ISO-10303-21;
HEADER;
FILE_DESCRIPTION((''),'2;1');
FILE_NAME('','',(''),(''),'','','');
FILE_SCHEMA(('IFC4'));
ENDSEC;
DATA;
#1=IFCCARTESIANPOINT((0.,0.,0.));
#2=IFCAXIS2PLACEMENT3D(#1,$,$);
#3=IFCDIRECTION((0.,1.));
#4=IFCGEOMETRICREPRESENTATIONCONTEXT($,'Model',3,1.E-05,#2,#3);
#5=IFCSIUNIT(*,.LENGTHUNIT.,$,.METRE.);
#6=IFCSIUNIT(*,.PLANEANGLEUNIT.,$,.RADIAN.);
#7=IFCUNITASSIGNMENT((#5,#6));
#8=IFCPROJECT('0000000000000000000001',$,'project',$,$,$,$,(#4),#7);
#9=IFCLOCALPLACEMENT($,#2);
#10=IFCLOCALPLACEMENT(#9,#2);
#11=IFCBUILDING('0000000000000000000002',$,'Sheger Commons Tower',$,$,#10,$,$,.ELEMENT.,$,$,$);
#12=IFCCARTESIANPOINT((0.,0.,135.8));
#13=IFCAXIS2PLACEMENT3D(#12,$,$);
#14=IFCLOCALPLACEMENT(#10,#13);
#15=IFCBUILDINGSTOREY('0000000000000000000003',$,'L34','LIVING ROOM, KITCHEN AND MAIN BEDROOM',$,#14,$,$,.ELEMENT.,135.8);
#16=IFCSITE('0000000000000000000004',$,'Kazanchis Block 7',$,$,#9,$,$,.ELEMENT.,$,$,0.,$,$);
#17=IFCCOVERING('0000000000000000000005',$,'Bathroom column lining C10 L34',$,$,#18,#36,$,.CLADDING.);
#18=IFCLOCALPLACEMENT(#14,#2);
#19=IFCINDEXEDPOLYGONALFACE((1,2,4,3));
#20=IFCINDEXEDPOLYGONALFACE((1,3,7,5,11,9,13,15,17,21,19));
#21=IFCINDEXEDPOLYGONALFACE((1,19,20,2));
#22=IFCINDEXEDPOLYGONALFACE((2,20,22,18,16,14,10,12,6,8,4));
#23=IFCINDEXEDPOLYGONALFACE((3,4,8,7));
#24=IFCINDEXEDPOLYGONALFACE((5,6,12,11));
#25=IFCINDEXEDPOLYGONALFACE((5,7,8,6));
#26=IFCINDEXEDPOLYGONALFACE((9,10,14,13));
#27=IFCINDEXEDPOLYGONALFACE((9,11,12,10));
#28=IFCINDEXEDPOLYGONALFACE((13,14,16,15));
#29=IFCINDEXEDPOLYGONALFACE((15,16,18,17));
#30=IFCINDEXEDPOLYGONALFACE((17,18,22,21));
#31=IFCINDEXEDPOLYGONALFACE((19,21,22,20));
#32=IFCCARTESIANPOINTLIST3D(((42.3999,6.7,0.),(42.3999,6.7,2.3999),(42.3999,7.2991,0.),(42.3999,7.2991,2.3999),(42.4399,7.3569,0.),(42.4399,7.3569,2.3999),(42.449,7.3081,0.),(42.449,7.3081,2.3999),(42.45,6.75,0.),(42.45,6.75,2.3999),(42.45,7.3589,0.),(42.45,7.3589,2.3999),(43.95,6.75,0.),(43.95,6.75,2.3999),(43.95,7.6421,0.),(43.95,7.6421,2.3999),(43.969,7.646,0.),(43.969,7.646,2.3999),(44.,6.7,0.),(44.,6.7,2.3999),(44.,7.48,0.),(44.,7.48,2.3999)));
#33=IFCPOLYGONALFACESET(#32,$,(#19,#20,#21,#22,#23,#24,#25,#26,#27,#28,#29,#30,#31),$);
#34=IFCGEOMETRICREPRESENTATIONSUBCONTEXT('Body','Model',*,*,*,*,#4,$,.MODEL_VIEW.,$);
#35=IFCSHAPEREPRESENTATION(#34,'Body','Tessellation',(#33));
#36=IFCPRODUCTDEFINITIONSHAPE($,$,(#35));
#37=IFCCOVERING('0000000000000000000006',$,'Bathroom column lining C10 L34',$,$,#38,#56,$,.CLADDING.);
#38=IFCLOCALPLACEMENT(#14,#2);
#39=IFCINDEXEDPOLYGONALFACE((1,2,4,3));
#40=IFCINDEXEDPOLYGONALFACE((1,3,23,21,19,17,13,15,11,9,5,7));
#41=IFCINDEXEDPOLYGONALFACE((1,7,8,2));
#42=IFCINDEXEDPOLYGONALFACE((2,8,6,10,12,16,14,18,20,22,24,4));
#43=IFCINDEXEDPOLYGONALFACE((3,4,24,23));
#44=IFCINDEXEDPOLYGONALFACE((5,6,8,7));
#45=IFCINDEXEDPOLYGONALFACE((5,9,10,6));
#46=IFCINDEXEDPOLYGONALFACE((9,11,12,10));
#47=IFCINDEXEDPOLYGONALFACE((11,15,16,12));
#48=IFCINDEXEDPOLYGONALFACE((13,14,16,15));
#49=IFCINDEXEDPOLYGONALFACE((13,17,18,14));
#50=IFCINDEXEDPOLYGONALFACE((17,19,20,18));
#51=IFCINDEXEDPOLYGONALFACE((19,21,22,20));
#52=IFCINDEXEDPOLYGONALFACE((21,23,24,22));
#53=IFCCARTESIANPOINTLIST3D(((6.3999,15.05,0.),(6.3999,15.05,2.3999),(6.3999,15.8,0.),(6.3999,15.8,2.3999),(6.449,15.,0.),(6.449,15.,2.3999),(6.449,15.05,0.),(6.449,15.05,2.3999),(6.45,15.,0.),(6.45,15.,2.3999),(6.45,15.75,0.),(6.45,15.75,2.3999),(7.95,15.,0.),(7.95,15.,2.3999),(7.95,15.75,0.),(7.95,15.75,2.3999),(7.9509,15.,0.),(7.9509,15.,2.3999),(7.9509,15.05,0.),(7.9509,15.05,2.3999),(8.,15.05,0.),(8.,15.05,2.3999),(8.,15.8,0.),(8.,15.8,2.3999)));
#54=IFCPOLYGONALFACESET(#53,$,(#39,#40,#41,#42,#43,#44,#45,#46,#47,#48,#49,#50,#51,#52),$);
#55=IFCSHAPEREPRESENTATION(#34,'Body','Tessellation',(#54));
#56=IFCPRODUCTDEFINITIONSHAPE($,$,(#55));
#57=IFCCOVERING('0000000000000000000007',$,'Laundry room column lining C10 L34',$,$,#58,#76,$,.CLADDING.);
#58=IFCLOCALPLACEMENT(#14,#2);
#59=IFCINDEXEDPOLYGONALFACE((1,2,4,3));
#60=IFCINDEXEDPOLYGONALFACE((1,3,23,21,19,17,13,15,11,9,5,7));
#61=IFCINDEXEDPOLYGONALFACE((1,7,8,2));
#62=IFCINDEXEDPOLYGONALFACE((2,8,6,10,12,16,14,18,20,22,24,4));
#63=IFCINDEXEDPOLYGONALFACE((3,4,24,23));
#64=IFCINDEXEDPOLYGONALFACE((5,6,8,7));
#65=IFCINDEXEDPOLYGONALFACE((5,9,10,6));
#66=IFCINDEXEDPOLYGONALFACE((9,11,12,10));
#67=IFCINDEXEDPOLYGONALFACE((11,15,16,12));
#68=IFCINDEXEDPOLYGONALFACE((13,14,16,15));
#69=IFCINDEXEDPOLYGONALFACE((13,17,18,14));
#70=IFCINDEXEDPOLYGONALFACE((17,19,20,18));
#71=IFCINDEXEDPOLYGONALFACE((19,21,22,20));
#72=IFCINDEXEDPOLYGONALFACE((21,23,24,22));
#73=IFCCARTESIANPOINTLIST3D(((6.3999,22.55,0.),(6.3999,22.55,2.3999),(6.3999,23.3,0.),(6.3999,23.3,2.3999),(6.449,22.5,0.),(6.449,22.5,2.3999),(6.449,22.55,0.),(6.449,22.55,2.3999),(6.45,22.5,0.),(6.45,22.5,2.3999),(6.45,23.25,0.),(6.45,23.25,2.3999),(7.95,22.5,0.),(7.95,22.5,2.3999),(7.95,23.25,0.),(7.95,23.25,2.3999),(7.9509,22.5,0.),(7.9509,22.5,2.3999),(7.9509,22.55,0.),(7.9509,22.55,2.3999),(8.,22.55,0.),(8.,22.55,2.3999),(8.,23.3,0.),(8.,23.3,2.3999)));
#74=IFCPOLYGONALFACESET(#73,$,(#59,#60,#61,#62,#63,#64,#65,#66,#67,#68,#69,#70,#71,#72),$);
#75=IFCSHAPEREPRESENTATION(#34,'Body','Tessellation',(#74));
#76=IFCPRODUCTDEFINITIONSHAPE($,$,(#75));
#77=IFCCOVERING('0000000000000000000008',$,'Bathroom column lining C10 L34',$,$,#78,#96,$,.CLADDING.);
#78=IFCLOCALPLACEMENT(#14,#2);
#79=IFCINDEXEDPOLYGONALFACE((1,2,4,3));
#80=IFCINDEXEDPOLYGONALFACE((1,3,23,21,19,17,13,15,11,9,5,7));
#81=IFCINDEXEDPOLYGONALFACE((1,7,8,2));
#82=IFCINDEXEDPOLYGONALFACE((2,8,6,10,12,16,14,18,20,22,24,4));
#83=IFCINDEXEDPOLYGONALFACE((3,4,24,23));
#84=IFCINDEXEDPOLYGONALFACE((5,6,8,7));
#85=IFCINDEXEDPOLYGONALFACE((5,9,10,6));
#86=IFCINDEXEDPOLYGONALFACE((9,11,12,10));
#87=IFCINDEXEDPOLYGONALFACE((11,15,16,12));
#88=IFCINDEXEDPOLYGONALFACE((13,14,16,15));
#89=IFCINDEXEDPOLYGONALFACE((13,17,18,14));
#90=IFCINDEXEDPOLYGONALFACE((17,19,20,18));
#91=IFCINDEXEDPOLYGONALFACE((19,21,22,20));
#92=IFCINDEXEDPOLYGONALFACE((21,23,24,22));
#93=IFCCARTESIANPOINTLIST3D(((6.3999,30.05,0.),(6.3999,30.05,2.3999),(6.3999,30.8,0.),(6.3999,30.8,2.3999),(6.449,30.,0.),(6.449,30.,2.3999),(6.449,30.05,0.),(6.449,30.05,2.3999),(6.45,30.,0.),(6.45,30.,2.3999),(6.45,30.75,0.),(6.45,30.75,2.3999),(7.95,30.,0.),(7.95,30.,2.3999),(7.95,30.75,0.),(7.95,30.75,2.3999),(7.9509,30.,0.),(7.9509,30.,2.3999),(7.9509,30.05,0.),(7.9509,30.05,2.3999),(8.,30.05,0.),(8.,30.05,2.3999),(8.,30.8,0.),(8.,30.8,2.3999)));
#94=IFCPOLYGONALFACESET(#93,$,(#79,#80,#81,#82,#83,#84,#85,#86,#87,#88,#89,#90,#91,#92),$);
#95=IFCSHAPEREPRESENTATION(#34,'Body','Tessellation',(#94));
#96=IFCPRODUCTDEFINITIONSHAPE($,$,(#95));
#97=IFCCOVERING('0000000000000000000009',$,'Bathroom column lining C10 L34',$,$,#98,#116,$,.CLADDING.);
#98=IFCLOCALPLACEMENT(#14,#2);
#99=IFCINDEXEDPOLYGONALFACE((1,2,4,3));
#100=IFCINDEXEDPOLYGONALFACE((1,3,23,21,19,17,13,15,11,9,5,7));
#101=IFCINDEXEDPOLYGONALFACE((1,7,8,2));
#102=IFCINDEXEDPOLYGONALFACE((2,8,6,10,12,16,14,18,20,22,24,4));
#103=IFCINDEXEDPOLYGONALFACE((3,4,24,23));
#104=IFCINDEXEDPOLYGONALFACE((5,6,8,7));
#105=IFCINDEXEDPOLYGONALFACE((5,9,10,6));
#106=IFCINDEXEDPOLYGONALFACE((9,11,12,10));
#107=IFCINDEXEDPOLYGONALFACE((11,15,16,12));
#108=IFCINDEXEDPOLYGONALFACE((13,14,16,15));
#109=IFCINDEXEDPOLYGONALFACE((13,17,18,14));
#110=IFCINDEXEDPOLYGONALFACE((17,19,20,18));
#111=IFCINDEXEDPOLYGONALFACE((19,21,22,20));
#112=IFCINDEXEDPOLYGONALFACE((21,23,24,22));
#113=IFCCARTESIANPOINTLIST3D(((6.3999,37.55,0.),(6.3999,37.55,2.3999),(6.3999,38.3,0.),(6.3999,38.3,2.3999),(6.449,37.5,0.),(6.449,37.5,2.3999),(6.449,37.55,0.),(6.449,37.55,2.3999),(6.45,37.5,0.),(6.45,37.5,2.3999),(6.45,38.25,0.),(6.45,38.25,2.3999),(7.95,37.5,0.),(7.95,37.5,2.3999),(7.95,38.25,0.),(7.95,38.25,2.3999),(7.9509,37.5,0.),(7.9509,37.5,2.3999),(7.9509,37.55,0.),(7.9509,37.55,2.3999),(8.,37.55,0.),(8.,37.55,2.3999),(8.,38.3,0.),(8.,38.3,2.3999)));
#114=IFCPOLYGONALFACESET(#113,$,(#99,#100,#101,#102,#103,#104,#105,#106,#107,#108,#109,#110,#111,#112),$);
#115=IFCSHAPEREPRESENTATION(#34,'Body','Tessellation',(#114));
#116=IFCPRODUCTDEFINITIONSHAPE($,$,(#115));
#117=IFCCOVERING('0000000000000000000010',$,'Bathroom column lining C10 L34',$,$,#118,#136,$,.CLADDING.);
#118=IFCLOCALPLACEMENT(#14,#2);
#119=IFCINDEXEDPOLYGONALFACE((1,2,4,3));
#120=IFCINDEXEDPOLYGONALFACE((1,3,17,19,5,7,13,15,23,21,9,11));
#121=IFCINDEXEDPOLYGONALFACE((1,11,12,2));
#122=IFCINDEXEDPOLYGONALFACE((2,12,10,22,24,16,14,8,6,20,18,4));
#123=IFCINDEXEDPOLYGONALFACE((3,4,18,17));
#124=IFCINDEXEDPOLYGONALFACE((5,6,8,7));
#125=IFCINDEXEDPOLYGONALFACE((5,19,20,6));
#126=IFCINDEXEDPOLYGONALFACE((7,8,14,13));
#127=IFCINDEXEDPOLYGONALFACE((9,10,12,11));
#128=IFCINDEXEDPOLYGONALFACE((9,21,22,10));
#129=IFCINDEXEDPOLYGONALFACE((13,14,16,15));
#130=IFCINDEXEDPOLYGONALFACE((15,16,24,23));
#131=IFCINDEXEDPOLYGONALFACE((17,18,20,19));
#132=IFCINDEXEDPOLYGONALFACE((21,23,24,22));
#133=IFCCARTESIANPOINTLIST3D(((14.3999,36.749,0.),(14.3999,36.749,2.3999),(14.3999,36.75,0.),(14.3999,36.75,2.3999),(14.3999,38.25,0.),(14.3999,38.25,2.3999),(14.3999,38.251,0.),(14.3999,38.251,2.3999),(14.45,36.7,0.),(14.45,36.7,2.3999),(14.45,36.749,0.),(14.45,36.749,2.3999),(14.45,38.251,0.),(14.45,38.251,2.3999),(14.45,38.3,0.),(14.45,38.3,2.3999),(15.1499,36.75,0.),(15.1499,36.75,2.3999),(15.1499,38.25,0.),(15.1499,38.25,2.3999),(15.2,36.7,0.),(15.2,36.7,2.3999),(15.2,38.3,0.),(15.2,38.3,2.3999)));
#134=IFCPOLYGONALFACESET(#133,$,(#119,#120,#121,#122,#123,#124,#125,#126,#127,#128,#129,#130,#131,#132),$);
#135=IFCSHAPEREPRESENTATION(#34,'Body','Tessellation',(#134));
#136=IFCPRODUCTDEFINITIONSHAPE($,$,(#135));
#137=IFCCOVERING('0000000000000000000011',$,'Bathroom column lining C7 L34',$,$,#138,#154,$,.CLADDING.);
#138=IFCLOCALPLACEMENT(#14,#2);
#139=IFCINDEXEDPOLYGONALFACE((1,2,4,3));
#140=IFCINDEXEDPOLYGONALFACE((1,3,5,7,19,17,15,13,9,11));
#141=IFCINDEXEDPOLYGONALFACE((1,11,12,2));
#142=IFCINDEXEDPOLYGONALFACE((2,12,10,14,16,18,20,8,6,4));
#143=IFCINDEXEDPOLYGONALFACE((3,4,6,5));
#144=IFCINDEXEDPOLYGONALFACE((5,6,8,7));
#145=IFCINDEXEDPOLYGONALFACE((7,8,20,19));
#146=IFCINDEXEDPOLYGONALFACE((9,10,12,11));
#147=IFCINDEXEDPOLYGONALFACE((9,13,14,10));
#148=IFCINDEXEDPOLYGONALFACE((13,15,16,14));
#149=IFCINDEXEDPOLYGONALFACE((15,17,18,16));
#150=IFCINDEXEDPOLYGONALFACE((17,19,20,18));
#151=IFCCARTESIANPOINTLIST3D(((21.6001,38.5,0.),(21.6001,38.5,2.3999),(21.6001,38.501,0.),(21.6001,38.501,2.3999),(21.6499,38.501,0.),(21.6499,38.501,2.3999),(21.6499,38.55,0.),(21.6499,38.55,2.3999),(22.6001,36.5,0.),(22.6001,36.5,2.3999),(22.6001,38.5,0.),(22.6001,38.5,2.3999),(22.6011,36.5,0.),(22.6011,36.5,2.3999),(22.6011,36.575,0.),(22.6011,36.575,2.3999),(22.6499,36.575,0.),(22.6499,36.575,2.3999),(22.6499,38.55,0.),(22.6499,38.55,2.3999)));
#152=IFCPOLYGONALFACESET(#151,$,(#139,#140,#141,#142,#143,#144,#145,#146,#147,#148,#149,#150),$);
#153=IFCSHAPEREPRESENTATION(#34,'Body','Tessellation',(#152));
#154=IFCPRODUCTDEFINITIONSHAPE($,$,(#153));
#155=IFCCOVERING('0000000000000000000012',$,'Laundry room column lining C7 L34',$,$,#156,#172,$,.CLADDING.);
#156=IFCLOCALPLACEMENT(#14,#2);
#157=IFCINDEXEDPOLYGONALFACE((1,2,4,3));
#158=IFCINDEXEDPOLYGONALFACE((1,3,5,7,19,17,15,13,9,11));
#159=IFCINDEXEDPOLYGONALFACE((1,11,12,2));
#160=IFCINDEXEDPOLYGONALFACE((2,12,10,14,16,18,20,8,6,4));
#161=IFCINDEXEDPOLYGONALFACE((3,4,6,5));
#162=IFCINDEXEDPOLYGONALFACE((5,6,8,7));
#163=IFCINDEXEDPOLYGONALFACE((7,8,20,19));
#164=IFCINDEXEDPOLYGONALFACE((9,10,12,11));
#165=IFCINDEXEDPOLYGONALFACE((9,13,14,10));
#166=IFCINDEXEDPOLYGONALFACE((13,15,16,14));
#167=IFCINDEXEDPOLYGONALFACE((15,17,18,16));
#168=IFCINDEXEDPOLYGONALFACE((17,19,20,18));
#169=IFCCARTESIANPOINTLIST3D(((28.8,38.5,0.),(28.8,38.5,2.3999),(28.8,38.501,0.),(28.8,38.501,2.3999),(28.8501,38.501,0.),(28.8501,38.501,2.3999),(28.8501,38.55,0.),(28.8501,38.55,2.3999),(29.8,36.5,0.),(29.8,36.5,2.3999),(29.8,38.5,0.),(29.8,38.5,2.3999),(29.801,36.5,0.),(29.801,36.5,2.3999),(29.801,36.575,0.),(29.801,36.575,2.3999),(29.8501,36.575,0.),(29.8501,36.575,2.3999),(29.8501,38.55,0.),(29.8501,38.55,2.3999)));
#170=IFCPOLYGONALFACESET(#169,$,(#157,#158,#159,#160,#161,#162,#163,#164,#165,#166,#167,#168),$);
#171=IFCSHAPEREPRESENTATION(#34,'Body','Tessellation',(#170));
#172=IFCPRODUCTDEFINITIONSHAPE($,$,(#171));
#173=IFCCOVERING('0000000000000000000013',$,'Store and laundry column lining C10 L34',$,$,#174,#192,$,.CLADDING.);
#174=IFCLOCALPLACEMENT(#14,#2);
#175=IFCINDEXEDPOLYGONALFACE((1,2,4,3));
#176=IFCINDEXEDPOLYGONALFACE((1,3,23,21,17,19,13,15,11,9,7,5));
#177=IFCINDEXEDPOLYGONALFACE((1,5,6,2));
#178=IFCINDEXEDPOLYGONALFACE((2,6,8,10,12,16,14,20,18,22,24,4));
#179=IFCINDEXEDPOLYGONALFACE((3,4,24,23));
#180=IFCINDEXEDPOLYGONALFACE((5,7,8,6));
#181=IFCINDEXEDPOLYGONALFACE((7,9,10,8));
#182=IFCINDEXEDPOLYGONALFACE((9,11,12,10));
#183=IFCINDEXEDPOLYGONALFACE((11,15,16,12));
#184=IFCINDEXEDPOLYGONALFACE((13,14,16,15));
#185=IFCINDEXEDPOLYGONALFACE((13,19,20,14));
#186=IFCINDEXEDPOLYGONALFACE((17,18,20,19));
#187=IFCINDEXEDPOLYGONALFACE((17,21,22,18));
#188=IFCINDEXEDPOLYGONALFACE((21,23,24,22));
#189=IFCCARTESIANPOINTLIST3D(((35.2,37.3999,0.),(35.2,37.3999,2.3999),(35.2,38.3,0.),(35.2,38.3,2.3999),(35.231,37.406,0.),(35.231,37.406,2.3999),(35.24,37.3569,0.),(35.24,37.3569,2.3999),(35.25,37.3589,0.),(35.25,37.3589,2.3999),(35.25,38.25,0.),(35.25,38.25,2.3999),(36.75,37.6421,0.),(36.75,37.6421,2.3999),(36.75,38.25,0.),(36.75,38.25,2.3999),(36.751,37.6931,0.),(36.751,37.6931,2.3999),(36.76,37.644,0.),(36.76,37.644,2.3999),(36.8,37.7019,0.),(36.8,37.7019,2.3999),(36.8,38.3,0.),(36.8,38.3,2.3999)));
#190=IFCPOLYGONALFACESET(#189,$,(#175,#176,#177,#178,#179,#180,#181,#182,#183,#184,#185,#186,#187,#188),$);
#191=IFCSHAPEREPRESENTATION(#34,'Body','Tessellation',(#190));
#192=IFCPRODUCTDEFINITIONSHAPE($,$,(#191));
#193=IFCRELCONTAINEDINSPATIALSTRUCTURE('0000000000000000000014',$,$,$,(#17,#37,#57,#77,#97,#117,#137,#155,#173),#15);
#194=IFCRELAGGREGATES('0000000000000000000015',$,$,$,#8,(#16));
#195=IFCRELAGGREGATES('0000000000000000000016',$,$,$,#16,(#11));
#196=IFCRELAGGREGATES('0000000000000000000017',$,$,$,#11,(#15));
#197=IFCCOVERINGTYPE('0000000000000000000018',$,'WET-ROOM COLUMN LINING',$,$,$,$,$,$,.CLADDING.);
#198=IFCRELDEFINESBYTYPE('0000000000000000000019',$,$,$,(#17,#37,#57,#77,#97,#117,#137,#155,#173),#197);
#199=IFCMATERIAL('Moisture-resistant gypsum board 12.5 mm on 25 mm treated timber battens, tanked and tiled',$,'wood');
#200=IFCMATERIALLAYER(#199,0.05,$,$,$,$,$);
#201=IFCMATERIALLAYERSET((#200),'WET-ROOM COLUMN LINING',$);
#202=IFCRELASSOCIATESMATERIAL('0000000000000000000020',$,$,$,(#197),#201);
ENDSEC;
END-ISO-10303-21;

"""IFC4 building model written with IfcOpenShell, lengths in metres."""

from ifc_helpers import new_model, si_unit, direction, frame, origin, place, context, subcontext, project, spatial, polyline, outline, extrude, material, layer, layer_set, type_object, element, save


model = new_model("IFC4")

# Units and contexts
model_context = context("Model", 3, precision=1e-05, world=origin(), true_north=direction((0.0, 1.0)))
body_context = subcontext(model_context, "Body", "Model", "MODEL_VIEW")
ifc_project = project(units=[si_unit("LENGTHUNIT", "METRE"), si_unit("PLANEANGLEUNIT", "RADIAN")], contexts=[model_context])

# Site, building, storey
site_placement = place(None, origin())
site = spatial("IfcSite", under=ifc_project, at=site_placement, Name="Kazanchis Block 7", CompositionType="ELEMENT", RefElevation=0.0)
building_placement = place(site_placement, origin())
building = spatial("IfcBuilding", under=site, at=building_placement, Name="Sheger Commons Tower", CompositionType="ELEMENT")
storey_placement = place(building_placement, frame((0.0, 0.0, 135.8)))
storey = spatial("IfcBuildingStorey", under=building, at=storey_placement, Name="L34", Description="LIVING ROOM, KITCHEN AND MAIN BEDROOM", CompositionType="ELEMENT", Elevation=135.8)

# Coverings
ifc_material_1 = material(Name="Moisture-resistant gypsum board 12.5 mm on 25 mm treated timber battens, tanked and tiled", Category="wood")
ifc_layer_1 = layer(ifc_material_1, 0.05)
ifc_layer_set_1 = layer_set([ifc_layer_1], Name="WET-ROOM COLUMN LINING")
covering_type_1 = type_object("IfcCoveringType", Name="WET-ROOM COLUMN LINING", PredefinedType="CLADDING", material=ifc_layer_set_1)
covering_1_placement = place(storey_placement, origin())
element("IfcCovering", 1, at=covering_1_placement, inside=storey, type_object=covering_type_1, Name="Bathroom column lining C10 L34", PredefinedType="CLADDING", context=body_context, shape_type="SweptSolid", body=[
    extrude(outline(polyline([(42.45, 7.3589), (42.45, 6.75), (43.95, 6.75), (43.95, 7.6421), (43.969, 7.646), (44.0, 7.48), (44.0, 6.7), (42.3999, 6.7), (42.3999, 7.2991), (42.449, 7.3081), (42.4399, 7.3569), (42.45, 7.3589)])), origin(), (0.0, 0.0, 1.0), 2.3999),
])
covering_2_placement = place(storey_placement, origin())
element("IfcCovering", 2, at=covering_2_placement, inside=storey, type_object=covering_type_1, Name="Bathroom column lining C10 L34", PredefinedType="CLADDING", context=body_context, shape_type="SweptSolid", body=[
    extrude(outline(polyline([(8.0, 15.8), (8.0, 15.05), (7.9509, 15.05), (7.9509, 15.0), (7.95, 15.0), (7.95, 15.75), (6.45, 15.75), (6.45, 15.0), (6.449, 15.0), (6.449, 15.05), (6.3999, 15.05), (6.3999, 15.8), (8.0, 15.8)])), origin(), (0.0, 0.0, 1.0), 2.3999),
])
covering_3_placement = place(storey_placement, origin())
element("IfcCovering", 3, at=covering_3_placement, inside=storey, type_object=covering_type_1, Name="Laundry room column lining C10 L34", PredefinedType="CLADDING", context=body_context, shape_type="SweptSolid", body=[
    extrude(outline(polyline([(8.0, 23.3), (8.0, 22.55), (7.9509, 22.55), (7.9509, 22.5), (7.95, 22.5), (7.95, 23.25), (6.45, 23.25), (6.45, 22.5), (6.449, 22.5), (6.449, 22.55), (6.3999, 22.55), (6.3999, 23.3), (8.0, 23.3)])), origin(), (0.0, 0.0, 1.0), 2.3999),
])
covering_4_placement = place(storey_placement, origin())
element("IfcCovering", 4, at=covering_4_placement, inside=storey, type_object=covering_type_1, Name="Bathroom column lining C10 L34", PredefinedType="CLADDING", context=body_context, shape_type="SweptSolid", body=[
    extrude(outline(polyline([(8.0, 30.8), (8.0, 30.05), (7.9509, 30.05), (7.9509, 30.0), (7.95, 30.0), (7.95, 30.75), (6.45, 30.75), (6.45, 30.0), (6.449, 30.0), (6.449, 30.05), (6.3999, 30.05), (6.3999, 30.8), (8.0, 30.8)])), origin(), (0.0, 0.0, 1.0), 2.3999),
])
covering_5_placement = place(storey_placement, origin())
element("IfcCovering", 5, at=covering_5_placement, inside=storey, type_object=covering_type_1, Name="Bathroom column lining C10 L34", PredefinedType="CLADDING", context=body_context, shape_type="SweptSolid", body=[
    extrude(outline(polyline([(8.0, 38.3), (8.0, 37.55), (7.9509, 37.55), (7.9509, 37.5), (7.95, 37.5), (7.95, 38.25), (6.45, 38.25), (6.45, 37.5), (6.449, 37.5), (6.449, 37.55), (6.3999, 37.55), (6.3999, 38.3), (8.0, 38.3)])), origin(), (0.0, 0.0, 1.0), 2.3999),
])
covering_6_placement = place(storey_placement, origin())
element("IfcCovering", 6, at=covering_6_placement, inside=storey, type_object=covering_type_1, Name="Bathroom column lining C10 L34", PredefinedType="CLADDING", context=body_context, shape_type="SweptSolid", body=[
    extrude(outline(polyline([(15.2, 36.7), (14.45, 36.7), (14.45, 36.749), (14.3999, 36.749), (14.3999, 36.75), (15.1499, 36.75), (15.1499, 38.25), (14.3999, 38.25), (14.3999, 38.251), (14.45, 38.251), (14.45, 38.3), (15.2, 38.3), (15.2, 36.7)])), origin(), (0.0, 0.0, 1.0), 2.3999),
])
covering_7_placement = place(storey_placement, origin())
element("IfcCovering", 7, at=covering_7_placement, inside=storey, type_object=covering_type_1, Name="Bathroom column lining C7 L34", PredefinedType="CLADDING", context=body_context, shape_type="SweptSolid", body=[
    extrude(outline(polyline([(22.6499, 36.575), (22.6011, 36.575), (22.6011, 36.5), (22.6001, 36.5), (22.6001, 38.5), (21.6001, 38.5), (21.6001, 38.501), (21.6499, 38.501), (21.6499, 38.55), (22.6499, 38.55), (22.6499, 36.575)])), origin(), (0.0, 0.0, 1.0), 2.3999),
])
covering_8_placement = place(storey_placement, origin())
element("IfcCovering", 8, at=covering_8_placement, inside=storey, type_object=covering_type_1, Name="Laundry room column lining C7 L34", PredefinedType="CLADDING", context=body_context, shape_type="SweptSolid", body=[
    extrude(outline(polyline([(29.8501, 36.575), (29.801, 36.575), (29.801, 36.5), (29.8, 36.5), (29.8, 38.5), (28.8, 38.5), (28.8, 38.501), (28.8501, 38.501), (28.8501, 38.55), (29.8501, 38.55), (29.8501, 36.575)])), origin(), (0.0, 0.0, 1.0), 2.3999),
])
covering_9_placement = place(storey_placement, origin())
element("IfcCovering", 9, at=covering_9_placement, inside=storey, type_object=covering_type_1, Name="Store and laundry column lining C10 L34", PredefinedType="CLADDING", context=body_context, shape_type="SweptSolid", body=[
    extrude(outline(polyline([(36.8, 38.3), (36.8, 37.7019), (36.751, 37.6931), (36.76, 37.644), (36.75, 37.6421), (36.75, 38.25), (35.25, 38.25), (35.25, 37.3589), (35.24, 37.3569), (35.231, 37.406), (35.2, 37.3999), (35.2, 38.3), (36.8, 38.3)])), origin(), (0.0, 0.0, 1.0), 2.3999),
])

save(model, "model.ifc")
